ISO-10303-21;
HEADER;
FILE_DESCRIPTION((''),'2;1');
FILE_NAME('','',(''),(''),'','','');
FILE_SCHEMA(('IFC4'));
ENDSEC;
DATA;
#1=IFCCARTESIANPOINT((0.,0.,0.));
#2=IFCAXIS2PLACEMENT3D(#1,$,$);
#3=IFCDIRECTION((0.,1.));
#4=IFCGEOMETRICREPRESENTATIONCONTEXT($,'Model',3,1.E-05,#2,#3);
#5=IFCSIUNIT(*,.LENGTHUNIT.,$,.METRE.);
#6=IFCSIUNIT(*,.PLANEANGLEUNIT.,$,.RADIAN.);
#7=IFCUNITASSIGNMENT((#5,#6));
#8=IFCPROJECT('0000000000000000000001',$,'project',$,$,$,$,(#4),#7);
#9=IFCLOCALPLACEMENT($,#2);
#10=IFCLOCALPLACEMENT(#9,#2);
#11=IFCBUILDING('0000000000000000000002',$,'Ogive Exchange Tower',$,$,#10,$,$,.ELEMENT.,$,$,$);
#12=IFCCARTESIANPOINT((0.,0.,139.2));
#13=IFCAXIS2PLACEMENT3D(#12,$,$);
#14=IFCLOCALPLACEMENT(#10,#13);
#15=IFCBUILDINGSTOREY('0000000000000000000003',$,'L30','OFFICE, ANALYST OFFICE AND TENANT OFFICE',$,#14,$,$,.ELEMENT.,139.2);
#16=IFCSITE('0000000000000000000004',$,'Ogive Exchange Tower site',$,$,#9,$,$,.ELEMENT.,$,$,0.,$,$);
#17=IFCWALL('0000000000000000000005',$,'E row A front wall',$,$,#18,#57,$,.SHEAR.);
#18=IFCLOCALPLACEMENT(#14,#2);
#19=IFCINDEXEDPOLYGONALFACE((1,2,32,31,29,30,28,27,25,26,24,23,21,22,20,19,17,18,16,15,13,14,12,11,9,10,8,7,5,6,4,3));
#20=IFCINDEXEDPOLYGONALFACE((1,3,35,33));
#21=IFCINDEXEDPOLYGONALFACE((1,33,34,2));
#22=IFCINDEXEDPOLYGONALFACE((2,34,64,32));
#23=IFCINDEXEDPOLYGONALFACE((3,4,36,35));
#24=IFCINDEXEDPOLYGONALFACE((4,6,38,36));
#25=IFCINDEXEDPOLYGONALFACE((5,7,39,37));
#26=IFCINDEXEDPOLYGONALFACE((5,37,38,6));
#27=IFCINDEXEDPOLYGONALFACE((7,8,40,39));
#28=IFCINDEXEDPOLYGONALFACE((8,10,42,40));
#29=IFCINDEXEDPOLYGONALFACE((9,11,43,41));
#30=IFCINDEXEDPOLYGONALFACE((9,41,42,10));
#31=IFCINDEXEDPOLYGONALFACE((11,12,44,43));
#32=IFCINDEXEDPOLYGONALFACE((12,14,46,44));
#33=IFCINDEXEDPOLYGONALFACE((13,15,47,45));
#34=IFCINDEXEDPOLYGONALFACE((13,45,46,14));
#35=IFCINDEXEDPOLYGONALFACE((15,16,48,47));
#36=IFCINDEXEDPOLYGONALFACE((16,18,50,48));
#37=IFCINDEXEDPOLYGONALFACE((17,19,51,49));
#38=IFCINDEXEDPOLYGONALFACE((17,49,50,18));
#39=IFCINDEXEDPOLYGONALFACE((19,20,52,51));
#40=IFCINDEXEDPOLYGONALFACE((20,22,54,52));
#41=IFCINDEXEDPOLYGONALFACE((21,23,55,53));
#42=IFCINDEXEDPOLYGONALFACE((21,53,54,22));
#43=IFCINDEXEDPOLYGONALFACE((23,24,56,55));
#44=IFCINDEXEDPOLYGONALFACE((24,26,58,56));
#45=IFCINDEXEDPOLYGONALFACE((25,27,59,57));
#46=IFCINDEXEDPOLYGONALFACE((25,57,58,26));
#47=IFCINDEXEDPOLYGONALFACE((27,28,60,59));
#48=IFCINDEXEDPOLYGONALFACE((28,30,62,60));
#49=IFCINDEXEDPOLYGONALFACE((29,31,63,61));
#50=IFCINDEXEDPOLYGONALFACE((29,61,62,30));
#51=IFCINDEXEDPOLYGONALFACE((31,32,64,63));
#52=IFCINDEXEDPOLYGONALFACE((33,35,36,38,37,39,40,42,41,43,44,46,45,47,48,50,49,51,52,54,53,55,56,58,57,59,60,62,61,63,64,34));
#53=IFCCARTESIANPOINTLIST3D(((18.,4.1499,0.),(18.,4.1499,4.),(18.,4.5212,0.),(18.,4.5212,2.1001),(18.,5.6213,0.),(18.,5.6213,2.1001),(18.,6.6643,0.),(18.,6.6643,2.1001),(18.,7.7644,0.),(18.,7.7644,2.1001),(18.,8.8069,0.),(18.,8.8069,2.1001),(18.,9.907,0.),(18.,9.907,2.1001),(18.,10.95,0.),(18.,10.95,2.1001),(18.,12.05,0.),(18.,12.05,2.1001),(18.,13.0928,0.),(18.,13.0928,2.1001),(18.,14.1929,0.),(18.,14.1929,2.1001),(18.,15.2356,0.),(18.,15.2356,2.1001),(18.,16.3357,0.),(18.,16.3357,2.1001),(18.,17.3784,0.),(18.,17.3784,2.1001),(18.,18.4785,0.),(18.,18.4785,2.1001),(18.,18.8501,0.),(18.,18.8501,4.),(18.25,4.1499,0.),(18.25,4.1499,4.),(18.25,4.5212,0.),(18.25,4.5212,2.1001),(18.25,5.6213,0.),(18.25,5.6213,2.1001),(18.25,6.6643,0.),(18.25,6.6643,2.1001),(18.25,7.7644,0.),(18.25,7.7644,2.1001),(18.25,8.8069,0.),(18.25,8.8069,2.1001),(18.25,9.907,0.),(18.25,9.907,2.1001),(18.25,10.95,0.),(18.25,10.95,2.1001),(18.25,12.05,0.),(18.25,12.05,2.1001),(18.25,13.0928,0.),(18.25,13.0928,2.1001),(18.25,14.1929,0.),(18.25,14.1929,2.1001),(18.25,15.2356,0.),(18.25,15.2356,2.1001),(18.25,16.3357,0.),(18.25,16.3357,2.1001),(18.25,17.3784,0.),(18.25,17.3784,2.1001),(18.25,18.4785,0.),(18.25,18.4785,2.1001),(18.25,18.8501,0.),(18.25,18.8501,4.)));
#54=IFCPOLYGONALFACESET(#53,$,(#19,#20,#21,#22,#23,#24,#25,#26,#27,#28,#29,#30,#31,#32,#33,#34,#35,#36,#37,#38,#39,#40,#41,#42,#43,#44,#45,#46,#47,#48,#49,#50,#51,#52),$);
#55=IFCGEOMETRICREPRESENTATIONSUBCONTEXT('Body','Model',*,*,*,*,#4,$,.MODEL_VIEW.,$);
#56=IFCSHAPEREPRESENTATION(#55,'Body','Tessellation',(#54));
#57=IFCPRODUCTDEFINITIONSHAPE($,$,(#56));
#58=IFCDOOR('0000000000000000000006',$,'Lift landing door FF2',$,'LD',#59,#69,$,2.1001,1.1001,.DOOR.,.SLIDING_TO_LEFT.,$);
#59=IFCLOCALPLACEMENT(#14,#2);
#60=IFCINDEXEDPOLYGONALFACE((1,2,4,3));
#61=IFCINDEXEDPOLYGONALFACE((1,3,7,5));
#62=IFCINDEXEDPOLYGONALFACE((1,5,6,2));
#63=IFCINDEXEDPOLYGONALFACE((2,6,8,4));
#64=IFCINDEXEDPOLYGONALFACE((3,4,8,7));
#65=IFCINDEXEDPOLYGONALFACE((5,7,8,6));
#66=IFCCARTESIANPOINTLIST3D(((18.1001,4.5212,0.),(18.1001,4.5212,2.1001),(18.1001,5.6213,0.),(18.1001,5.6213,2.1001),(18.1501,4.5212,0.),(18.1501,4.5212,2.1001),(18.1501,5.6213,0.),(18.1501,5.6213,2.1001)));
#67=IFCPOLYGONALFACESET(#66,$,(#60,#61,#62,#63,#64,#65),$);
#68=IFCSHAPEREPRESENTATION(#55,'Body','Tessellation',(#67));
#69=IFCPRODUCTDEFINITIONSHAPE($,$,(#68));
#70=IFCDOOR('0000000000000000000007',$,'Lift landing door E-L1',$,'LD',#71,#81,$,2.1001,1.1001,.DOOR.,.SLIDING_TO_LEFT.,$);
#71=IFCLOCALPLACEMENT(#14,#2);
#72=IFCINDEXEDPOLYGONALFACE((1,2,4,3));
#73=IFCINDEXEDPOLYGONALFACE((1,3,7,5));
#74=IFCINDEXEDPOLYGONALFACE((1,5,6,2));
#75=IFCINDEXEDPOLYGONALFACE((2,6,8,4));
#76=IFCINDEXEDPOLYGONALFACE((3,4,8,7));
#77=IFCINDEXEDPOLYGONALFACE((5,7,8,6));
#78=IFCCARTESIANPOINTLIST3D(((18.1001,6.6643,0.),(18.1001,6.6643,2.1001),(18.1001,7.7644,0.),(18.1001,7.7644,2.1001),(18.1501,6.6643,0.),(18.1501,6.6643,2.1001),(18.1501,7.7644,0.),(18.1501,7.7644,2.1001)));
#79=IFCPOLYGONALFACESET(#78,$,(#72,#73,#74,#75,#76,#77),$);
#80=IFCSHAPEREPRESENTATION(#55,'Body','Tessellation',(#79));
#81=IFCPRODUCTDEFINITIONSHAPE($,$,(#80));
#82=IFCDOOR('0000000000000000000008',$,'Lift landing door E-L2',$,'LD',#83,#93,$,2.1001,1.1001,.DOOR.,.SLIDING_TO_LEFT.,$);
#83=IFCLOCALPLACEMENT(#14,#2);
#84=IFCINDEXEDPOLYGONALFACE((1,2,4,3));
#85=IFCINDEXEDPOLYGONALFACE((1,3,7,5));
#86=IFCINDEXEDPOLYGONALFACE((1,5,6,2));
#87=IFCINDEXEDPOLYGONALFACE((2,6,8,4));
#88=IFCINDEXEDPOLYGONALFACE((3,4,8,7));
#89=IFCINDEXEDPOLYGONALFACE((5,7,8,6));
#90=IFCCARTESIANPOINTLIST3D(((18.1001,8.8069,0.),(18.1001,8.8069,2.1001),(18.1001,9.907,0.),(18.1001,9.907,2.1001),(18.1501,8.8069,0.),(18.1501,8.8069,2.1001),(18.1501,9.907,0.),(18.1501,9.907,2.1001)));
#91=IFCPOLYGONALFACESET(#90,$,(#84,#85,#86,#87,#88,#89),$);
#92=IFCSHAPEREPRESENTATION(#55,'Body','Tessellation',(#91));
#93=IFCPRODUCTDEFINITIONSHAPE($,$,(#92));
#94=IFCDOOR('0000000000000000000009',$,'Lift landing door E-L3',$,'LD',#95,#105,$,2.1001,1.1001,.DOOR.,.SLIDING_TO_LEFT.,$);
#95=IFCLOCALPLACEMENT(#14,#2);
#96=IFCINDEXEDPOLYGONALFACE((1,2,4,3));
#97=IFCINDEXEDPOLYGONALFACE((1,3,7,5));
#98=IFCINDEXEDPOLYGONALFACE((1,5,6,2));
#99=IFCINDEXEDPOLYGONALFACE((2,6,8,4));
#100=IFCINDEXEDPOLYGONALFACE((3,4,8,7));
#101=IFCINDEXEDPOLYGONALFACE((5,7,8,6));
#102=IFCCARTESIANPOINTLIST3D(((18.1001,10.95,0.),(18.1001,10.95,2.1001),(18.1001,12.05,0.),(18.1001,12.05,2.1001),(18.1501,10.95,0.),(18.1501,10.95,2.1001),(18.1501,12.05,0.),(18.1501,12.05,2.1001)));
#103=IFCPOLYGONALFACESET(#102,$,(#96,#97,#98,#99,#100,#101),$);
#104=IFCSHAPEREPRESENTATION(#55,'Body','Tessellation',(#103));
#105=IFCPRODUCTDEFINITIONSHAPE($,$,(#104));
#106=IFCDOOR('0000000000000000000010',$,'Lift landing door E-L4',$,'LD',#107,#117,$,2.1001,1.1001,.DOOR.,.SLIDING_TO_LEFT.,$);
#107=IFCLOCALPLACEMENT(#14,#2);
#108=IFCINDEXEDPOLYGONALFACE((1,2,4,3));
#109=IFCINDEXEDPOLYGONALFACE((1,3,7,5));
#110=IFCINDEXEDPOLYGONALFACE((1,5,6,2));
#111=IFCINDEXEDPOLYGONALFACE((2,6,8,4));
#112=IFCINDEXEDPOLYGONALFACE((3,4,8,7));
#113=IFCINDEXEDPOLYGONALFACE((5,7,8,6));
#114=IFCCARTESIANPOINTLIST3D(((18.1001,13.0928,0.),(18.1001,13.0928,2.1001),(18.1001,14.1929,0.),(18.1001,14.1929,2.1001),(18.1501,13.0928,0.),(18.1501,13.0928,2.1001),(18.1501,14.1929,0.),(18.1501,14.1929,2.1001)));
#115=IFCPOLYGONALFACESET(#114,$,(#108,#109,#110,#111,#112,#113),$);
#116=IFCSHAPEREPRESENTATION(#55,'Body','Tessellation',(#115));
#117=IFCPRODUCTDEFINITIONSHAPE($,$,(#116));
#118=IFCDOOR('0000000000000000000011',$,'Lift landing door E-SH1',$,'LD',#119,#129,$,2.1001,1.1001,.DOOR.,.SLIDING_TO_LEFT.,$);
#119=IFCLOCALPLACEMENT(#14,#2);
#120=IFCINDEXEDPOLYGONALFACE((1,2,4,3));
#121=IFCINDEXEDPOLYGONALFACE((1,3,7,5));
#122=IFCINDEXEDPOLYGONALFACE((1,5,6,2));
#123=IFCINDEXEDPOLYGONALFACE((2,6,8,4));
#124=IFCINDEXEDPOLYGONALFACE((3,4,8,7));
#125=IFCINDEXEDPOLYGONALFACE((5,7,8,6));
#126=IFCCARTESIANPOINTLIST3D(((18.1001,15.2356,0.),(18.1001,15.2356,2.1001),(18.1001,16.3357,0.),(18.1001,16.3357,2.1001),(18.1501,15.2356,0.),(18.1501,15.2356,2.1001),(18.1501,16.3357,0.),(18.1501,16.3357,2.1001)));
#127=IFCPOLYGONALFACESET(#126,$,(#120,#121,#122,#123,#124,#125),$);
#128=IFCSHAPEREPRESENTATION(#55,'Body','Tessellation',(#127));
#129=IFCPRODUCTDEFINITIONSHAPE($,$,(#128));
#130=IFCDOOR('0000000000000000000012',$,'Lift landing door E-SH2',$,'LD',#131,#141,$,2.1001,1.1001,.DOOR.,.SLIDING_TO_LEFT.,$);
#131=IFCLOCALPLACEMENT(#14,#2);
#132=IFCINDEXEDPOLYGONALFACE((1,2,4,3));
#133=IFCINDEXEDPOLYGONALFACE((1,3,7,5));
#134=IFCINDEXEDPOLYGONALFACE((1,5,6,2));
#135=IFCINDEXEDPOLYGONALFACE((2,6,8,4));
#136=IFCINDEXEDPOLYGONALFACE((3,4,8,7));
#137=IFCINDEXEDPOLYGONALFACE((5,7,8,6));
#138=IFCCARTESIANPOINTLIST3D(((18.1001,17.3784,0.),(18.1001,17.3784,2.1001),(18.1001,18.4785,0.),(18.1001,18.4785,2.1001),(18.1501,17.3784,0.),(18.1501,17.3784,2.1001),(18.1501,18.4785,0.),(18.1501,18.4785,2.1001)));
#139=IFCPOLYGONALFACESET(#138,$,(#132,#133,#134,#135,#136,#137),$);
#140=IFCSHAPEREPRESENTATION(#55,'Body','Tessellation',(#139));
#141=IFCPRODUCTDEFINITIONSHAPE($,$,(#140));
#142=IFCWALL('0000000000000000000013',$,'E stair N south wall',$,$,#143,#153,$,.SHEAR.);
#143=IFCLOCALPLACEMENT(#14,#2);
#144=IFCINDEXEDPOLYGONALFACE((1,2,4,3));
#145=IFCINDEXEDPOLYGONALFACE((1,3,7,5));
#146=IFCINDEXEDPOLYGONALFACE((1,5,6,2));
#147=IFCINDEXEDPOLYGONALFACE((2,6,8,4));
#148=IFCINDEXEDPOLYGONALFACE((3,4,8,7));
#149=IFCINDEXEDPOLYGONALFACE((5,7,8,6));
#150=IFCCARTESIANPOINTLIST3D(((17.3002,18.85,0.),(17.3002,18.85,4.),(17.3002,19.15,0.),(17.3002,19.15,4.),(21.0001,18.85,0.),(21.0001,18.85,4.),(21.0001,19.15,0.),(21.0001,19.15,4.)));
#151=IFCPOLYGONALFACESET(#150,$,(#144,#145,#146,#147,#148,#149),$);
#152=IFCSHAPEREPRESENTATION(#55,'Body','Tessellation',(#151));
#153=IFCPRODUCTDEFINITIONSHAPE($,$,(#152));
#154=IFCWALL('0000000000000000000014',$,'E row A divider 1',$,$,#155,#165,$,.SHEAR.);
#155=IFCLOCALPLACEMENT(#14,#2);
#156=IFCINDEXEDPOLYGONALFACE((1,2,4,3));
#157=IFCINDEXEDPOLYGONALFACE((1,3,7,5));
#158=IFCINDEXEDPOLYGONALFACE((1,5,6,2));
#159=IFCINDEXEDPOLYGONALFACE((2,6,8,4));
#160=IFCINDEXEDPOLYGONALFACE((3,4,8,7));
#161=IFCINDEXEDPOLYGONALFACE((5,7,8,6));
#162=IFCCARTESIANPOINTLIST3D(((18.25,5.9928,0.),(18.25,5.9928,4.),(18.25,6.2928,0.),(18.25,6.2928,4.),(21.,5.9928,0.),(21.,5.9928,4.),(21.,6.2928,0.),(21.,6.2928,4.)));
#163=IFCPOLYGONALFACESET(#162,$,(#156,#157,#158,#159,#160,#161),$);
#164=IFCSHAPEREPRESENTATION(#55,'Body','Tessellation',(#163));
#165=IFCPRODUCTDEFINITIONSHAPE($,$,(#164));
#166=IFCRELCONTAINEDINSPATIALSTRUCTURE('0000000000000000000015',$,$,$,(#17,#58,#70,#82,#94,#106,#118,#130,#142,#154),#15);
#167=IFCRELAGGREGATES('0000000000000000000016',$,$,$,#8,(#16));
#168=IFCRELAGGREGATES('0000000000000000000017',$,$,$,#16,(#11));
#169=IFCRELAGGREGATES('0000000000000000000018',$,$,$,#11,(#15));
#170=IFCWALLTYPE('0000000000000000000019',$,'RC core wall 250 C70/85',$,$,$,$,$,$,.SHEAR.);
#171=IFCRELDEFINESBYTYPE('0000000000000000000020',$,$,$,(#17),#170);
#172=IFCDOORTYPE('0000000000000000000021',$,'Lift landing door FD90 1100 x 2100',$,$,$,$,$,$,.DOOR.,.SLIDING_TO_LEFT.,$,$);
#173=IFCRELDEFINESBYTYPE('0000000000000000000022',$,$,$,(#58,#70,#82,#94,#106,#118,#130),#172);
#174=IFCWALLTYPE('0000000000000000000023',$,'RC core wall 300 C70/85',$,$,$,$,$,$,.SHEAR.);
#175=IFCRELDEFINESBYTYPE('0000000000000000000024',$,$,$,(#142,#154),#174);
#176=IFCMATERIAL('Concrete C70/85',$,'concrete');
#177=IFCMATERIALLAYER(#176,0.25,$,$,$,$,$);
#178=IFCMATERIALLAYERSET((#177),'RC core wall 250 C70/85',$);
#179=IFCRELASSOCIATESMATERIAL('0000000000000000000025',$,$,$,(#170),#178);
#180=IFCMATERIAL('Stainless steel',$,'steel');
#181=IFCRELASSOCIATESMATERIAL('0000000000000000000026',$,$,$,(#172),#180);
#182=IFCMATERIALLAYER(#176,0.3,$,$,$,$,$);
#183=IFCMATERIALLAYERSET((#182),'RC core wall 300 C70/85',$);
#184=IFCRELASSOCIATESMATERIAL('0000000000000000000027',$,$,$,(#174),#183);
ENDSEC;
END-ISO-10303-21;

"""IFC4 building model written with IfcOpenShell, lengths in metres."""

from ifc_helpers import new_model, si_unit, direction, frame, frame_2d, origin, place, context, subcontext, project, spatial, rectangle, extrude, material, layer, layer_set, type_object, element, fill, save


model = new_model("IFC4")

# Units and contexts
model_context = context("Model", 3, precision=1e-05, world=origin(), true_north=direction((0.0, 1.0)))
body_context = subcontext(model_context, "Body", "Model", "MODEL_VIEW")
ifc_project = project(units=[si_unit("LENGTHUNIT", "METRE"), si_unit("PLANEANGLEUNIT", "RADIAN")], contexts=[model_context])

# Site, building, storey
site_placement = place(None, origin())
site = spatial("IfcSite", under=ifc_project, at=site_placement, Name="Ogive Exchange Tower site", CompositionType="ELEMENT", RefElevation=0.0)
building_placement = place(site_placement, origin())
building = spatial("IfcBuilding", under=site, at=building_placement, Name="Ogive Exchange Tower", CompositionType="ELEMENT")
storey_placement = place(building_placement, frame((0.0, 0.0, 139.2)))
storey = spatial("IfcBuildingStorey", under=building, at=storey_placement, Name="L30", Description="OFFICE, ANALYST OFFICE AND TENANT OFFICE", CompositionType="ELEMENT", Elevation=139.2)

# Shared definitions
ifc_material_1 = material(Name="Concrete C70/85", Category="concrete")
ifc_layer_1 = layer(ifc_material_1, 0.25)
ifc_layer_set_1 = layer_set([ifc_layer_1], Name="RC core wall 250 C70/85")
wall_type_1 = type_object("IfcWallType", Name="RC core wall 250 C70/85", PredefinedType="SHEAR", material=ifc_layer_set_1)

# Wall, openings, doors
wall_1_placement = place(storey_placement, frame((18.125, 4.1499, 0.0), z_axis=(0.0, 0.0, 1.0), x_axis=(0.0, 1.0, 0.0)))
wall_1 = element("IfcWall", 1, at=wall_1_placement, inside=storey, type_object=wall_type_1, Name="E row A front wall", PredefinedType="SHEAR", context=body_context, shape_type="SweptSolid", body=[
    extrude(rectangle(XDim=14.7002, YDim=0.25, at=frame_2d((7.3501, 0.0))), origin(), (0.0, 0.0, 1.0), 4.0),
])
opening_1_placement = place(wall_1_placement, frame((0.3713, 0.0, 0.0)))
opening_1 = element("IfcOpeningElement", 2, at=opening_1_placement, cuts=wall_1, PredefinedType="OPENING", context=body_context, shape_type="SweptSolid", body=[
    extrude(rectangle(XDim=1.1001, YDim=2.1001, at=frame_2d((0.55, 1.05))), frame((0.0, 0.135, 0.0), z_axis=(0.0, -1.0, 0.0), x_axis=(1.0, 0.0, 0.0)), (0.0, 0.0, 1.0), 0.27),
])
opening_2_placement = place(wall_1_placement, frame((2.5144, 0.0, 0.0)))
opening_2 = element("IfcOpeningElement", 3, at=opening_2_placement, cuts=wall_1, PredefinedType="OPENING", context=body_context, shape_type="SweptSolid", body=[
    extrude(rectangle(XDim=1.1001, YDim=2.1001, at=frame_2d((0.55, 1.05))), frame((0.0, 0.135, 0.0), z_axis=(0.0, -1.0, 0.0), x_axis=(1.0, 0.0, 0.0)), (0.0, 0.0, 1.0), 0.27),
])
opening_3_placement = place(wall_1_placement, frame((4.657, 0.0, 0.0)))
opening_3 = element("IfcOpeningElement", 4, at=opening_3_placement, cuts=wall_1, PredefinedType="OPENING", context=body_context, shape_type="SweptSolid", body=[
    extrude(rectangle(XDim=1.1001, YDim=2.1001, at=frame_2d((0.55, 1.05))), frame((0.0, 0.135, 0.0), z_axis=(0.0, -1.0, 0.0), x_axis=(1.0, 0.0, 0.0)), (0.0, 0.0, 1.0), 0.27),
])
opening_4_placement = place(wall_1_placement, frame((6.8, 0.0, 0.0)))
opening_4 = element("IfcOpeningElement", 5, at=opening_4_placement, cuts=wall_1, PredefinedType="OPENING", context=body_context, shape_type="SweptSolid", body=[
    extrude(rectangle(XDim=1.1001, YDim=2.1001, at=frame_2d((0.55, 1.05))), frame((0.0, 0.135, 0.0), z_axis=(0.0, -1.0, 0.0), x_axis=(1.0, 0.0, 0.0)), (0.0, 0.0, 1.0), 0.27),
])
opening_5_placement = place(wall_1_placement, frame((8.9429, 0.0, 0.0)))
opening_5 = element("IfcOpeningElement", 6, at=opening_5_placement, cuts=wall_1, PredefinedType="OPENING", context=body_context, shape_type="SweptSolid", body=[
    extrude(rectangle(XDim=1.1001, YDim=2.1001, at=frame_2d((0.55, 1.05))), frame((0.0, 0.135, 0.0), z_axis=(0.0, -1.0, 0.0), x_axis=(1.0, 0.0, 0.0)), (0.0, 0.0, 1.0), 0.27),
])
opening_6_placement = place(wall_1_placement, frame((11.0857, 0.0, 0.0)))
opening_6 = element("IfcOpeningElement", 7, at=opening_6_placement, cuts=wall_1, PredefinedType="OPENING", context=body_context, shape_type="SweptSolid", body=[
    extrude(rectangle(XDim=1.1001, YDim=2.1001, at=frame_2d((0.55, 1.05))), frame((0.0, 0.135, 0.0), z_axis=(0.0, -1.0, 0.0), x_axis=(1.0, 0.0, 0.0)), (0.0, 0.0, 1.0), 0.27),
])
opening_7_placement = place(wall_1_placement, frame((13.2285, 0.0, 0.0)))
opening_7 = element("IfcOpeningElement", 8, at=opening_7_placement, cuts=wall_1, PredefinedType="OPENING", context=body_context, shape_type="SweptSolid", body=[
    extrude(rectangle(XDim=1.1001, YDim=2.1001, at=frame_2d((0.55, 1.05))), frame((0.0, 0.135, 0.0), z_axis=(0.0, -1.0, 0.0), x_axis=(1.0, 0.0, 0.0)), (0.0, 0.0, 1.0), 0.27),
])
ifc_material_2 = material(Name="Stainless steel", Category="steel")
door_type_1 = type_object("IfcDoorType", Name="Lift landing door FD90 1100 x 2100", OperationType="SLIDING_TO_LEFT", PredefinedType="DOOR", material=ifc_material_2)
door_1_placement = place(opening_1_placement, origin())
door_1 = element("IfcDoor", 9, at=door_1_placement, inside=storey, type_object=door_type_1, Name="Lift landing door FF2", ObjectType="LD", OperationType="SLIDING_TO_LEFT", OverallHeight=2.1001, OverallWidth=1.1001, PredefinedType="DOOR", context=body_context, shape_type="SweptSolid", body=[
    extrude(rectangle(XDim=1.1001, YDim=2.1001, at=frame_2d((0.55, 1.05))), frame((0.0, 0.0249, 0.0), z_axis=(0.0, -1.0, 0.0), x_axis=(1.0, 0.0, 0.0)), (0.0, 0.0, 1.0), 0.05),
])
fill(opening_1, door_1)
door_2_placement = place(opening_2_placement, origin())
door_2 = element("IfcDoor", 10, at=door_2_placement, inside=storey, type_object=door_type_1, Name="Lift landing door E-L1", ObjectType="LD", OperationType="SLIDING_TO_LEFT", OverallHeight=2.1001, OverallWidth=1.1001, PredefinedType="DOOR", context=body_context, shape_type="SweptSolid", body=[
    extrude(rectangle(XDim=1.1001, YDim=2.1001, at=frame_2d((0.55, 1.05))), frame((0.0, 0.0249, 0.0), z_axis=(0.0, -1.0, 0.0), x_axis=(1.0, 0.0, 0.0)), (0.0, 0.0, 1.0), 0.05),
])
fill(opening_2, door_2)
door_3_placement = place(opening_3_placement, origin())
door_3 = element("IfcDoor", 11, at=door_3_placement, inside=storey, type_object=door_type_1, Name="Lift landing door E-L2", ObjectType="LD", OperationType="SLIDING_TO_LEFT", OverallHeight=2.1001, OverallWidth=1.1001, PredefinedType="DOOR", context=body_context, shape_type="SweptSolid", body=[
    extrude(rectangle(XDim=1.1001, YDim=2.1001, at=frame_2d((0.55, 1.05))), frame((0.0, 0.0249, 0.0), z_axis=(0.0, -1.0, 0.0), x_axis=(1.0, 0.0, 0.0)), (0.0, 0.0, 1.0), 0.05),
])
fill(opening_3, door_3)
door_4_placement = place(opening_4_placement, origin())
door_4 = element("IfcDoor", 12, at=door_4_placement, inside=storey, type_object=door_type_1, Name="Lift landing door E-L3", ObjectType="LD", OperationType="SLIDING_TO_LEFT", OverallHeight=2.1001, OverallWidth=1.1001, PredefinedType="DOOR", context=body_context, shape_type="SweptSolid", body=[
    extrude(rectangle(XDim=1.1001, YDim=2.1001, at=frame_2d((0.55, 1.05))), frame((0.0, 0.0249, 0.0), z_axis=(0.0, -1.0, 0.0), x_axis=(1.0, 0.0, 0.0)), (0.0, 0.0, 1.0), 0.05),
])
fill(opening_4, door_4)
door_5_placement = place(opening_5_placement, origin())
door_5 = element("IfcDoor", 13, at=door_5_placement, inside=storey, type_object=door_type_1, Name="Lift landing door E-L4", ObjectType="LD", OperationType="SLIDING_TO_LEFT", OverallHeight=2.1001, OverallWidth=1.1001, PredefinedType="DOOR", context=body_context, shape_type="SweptSolid", body=[
    extrude(rectangle(XDim=1.1001, YDim=2.1001, at=frame_2d((0.55, 1.05))), frame((0.0, 0.0249, 0.0), z_axis=(0.0, -1.0, 0.0), x_axis=(1.0, 0.0, 0.0)), (0.0, 0.0, 1.0), 0.05),
])
fill(opening_5, door_5)
door_6_placement = place(opening_6_placement, origin())
door_6 = element("IfcDoor", 14, at=door_6_placement, inside=storey, type_object=door_type_1, Name="Lift landing door E-SH1", ObjectType="LD", OperationType="SLIDING_TO_LEFT", OverallHeight=2.1001, OverallWidth=1.1001, PredefinedType="DOOR", context=body_context, shape_type="SweptSolid", body=[
    extrude(rectangle(XDim=1.1001, YDim=2.1001, at=frame_2d((0.55, 1.05))), frame((0.0, 0.0249, 0.0), z_axis=(0.0, -1.0, 0.0), x_axis=(1.0, 0.0, 0.0)), (0.0, 0.0, 1.0), 0.05),
])
fill(opening_6, door_6)
door_7_placement = place(opening_7_placement, origin())
door_7 = element("IfcDoor", 15, at=door_7_placement, inside=storey, type_object=door_type_1, Name="Lift landing door E-SH2", ObjectType="LD", OperationType="SLIDING_TO_LEFT", OverallHeight=2.1001, OverallWidth=1.1001, PredefinedType="DOOR", context=body_context, shape_type="SweptSolid", body=[
    extrude(rectangle(XDim=1.1001, YDim=2.1001, at=frame_2d((0.55, 1.05))), frame((0.0, 0.0249, 0.0), z_axis=(0.0, -1.0, 0.0), x_axis=(1.0, 0.0, 0.0)), (0.0, 0.0, 1.0), 0.05),
])
fill(opening_7, door_7)

# Walls
ifc_layer_2 = layer(ifc_material_1, 0.3)
ifc_layer_set_2 = layer_set([ifc_layer_2], Name="RC core wall 300 C70/85")
wall_type_2 = type_object("IfcWallType", Name="RC core wall 300 C70/85", PredefinedType="SHEAR", material=ifc_layer_set_2)
wall_2_placement = place(storey_placement, frame((17.3, 19.0, 0.0), z_axis=(0.0, 0.0, 1.0), x_axis=(1.0, 0.0, 0.0)))
element("IfcWall", 16, at=wall_2_placement, inside=storey, type_object=wall_type_2, Name="E stair N south wall", PredefinedType="SHEAR", context=body_context, shape_type="SweptSolid", body=[
    extrude(rectangle(XDim=3.7, YDim=0.3, at=frame_2d((1.8501, 0.0))), origin(), (0.0, 0.0, 1.0), 4.0),
])
for number, where, z_axis, x_axis, name in (
    (17, (18.25, 6.1428, 0.0), (0.0, 0.0, 1.0), (1.0, 0.0, 0.0), "E row A divider 1"),
):
    element("IfcWall", number, at=place(storey_placement, frame(where, z_axis=z_axis, x_axis=x_axis)), inside=storey, type_object=wall_type_2, Name=name, PredefinedType="SHEAR", context=body_context, shape_type="SweptSolid", body=[
        extrude(rectangle(XDim=2.75, YDim=0.3, at=frame_2d((1.375, 0.0))), origin(), (0.0, 0.0, 1.0), 4.0),
    ])

save(model, "model.ifc")
